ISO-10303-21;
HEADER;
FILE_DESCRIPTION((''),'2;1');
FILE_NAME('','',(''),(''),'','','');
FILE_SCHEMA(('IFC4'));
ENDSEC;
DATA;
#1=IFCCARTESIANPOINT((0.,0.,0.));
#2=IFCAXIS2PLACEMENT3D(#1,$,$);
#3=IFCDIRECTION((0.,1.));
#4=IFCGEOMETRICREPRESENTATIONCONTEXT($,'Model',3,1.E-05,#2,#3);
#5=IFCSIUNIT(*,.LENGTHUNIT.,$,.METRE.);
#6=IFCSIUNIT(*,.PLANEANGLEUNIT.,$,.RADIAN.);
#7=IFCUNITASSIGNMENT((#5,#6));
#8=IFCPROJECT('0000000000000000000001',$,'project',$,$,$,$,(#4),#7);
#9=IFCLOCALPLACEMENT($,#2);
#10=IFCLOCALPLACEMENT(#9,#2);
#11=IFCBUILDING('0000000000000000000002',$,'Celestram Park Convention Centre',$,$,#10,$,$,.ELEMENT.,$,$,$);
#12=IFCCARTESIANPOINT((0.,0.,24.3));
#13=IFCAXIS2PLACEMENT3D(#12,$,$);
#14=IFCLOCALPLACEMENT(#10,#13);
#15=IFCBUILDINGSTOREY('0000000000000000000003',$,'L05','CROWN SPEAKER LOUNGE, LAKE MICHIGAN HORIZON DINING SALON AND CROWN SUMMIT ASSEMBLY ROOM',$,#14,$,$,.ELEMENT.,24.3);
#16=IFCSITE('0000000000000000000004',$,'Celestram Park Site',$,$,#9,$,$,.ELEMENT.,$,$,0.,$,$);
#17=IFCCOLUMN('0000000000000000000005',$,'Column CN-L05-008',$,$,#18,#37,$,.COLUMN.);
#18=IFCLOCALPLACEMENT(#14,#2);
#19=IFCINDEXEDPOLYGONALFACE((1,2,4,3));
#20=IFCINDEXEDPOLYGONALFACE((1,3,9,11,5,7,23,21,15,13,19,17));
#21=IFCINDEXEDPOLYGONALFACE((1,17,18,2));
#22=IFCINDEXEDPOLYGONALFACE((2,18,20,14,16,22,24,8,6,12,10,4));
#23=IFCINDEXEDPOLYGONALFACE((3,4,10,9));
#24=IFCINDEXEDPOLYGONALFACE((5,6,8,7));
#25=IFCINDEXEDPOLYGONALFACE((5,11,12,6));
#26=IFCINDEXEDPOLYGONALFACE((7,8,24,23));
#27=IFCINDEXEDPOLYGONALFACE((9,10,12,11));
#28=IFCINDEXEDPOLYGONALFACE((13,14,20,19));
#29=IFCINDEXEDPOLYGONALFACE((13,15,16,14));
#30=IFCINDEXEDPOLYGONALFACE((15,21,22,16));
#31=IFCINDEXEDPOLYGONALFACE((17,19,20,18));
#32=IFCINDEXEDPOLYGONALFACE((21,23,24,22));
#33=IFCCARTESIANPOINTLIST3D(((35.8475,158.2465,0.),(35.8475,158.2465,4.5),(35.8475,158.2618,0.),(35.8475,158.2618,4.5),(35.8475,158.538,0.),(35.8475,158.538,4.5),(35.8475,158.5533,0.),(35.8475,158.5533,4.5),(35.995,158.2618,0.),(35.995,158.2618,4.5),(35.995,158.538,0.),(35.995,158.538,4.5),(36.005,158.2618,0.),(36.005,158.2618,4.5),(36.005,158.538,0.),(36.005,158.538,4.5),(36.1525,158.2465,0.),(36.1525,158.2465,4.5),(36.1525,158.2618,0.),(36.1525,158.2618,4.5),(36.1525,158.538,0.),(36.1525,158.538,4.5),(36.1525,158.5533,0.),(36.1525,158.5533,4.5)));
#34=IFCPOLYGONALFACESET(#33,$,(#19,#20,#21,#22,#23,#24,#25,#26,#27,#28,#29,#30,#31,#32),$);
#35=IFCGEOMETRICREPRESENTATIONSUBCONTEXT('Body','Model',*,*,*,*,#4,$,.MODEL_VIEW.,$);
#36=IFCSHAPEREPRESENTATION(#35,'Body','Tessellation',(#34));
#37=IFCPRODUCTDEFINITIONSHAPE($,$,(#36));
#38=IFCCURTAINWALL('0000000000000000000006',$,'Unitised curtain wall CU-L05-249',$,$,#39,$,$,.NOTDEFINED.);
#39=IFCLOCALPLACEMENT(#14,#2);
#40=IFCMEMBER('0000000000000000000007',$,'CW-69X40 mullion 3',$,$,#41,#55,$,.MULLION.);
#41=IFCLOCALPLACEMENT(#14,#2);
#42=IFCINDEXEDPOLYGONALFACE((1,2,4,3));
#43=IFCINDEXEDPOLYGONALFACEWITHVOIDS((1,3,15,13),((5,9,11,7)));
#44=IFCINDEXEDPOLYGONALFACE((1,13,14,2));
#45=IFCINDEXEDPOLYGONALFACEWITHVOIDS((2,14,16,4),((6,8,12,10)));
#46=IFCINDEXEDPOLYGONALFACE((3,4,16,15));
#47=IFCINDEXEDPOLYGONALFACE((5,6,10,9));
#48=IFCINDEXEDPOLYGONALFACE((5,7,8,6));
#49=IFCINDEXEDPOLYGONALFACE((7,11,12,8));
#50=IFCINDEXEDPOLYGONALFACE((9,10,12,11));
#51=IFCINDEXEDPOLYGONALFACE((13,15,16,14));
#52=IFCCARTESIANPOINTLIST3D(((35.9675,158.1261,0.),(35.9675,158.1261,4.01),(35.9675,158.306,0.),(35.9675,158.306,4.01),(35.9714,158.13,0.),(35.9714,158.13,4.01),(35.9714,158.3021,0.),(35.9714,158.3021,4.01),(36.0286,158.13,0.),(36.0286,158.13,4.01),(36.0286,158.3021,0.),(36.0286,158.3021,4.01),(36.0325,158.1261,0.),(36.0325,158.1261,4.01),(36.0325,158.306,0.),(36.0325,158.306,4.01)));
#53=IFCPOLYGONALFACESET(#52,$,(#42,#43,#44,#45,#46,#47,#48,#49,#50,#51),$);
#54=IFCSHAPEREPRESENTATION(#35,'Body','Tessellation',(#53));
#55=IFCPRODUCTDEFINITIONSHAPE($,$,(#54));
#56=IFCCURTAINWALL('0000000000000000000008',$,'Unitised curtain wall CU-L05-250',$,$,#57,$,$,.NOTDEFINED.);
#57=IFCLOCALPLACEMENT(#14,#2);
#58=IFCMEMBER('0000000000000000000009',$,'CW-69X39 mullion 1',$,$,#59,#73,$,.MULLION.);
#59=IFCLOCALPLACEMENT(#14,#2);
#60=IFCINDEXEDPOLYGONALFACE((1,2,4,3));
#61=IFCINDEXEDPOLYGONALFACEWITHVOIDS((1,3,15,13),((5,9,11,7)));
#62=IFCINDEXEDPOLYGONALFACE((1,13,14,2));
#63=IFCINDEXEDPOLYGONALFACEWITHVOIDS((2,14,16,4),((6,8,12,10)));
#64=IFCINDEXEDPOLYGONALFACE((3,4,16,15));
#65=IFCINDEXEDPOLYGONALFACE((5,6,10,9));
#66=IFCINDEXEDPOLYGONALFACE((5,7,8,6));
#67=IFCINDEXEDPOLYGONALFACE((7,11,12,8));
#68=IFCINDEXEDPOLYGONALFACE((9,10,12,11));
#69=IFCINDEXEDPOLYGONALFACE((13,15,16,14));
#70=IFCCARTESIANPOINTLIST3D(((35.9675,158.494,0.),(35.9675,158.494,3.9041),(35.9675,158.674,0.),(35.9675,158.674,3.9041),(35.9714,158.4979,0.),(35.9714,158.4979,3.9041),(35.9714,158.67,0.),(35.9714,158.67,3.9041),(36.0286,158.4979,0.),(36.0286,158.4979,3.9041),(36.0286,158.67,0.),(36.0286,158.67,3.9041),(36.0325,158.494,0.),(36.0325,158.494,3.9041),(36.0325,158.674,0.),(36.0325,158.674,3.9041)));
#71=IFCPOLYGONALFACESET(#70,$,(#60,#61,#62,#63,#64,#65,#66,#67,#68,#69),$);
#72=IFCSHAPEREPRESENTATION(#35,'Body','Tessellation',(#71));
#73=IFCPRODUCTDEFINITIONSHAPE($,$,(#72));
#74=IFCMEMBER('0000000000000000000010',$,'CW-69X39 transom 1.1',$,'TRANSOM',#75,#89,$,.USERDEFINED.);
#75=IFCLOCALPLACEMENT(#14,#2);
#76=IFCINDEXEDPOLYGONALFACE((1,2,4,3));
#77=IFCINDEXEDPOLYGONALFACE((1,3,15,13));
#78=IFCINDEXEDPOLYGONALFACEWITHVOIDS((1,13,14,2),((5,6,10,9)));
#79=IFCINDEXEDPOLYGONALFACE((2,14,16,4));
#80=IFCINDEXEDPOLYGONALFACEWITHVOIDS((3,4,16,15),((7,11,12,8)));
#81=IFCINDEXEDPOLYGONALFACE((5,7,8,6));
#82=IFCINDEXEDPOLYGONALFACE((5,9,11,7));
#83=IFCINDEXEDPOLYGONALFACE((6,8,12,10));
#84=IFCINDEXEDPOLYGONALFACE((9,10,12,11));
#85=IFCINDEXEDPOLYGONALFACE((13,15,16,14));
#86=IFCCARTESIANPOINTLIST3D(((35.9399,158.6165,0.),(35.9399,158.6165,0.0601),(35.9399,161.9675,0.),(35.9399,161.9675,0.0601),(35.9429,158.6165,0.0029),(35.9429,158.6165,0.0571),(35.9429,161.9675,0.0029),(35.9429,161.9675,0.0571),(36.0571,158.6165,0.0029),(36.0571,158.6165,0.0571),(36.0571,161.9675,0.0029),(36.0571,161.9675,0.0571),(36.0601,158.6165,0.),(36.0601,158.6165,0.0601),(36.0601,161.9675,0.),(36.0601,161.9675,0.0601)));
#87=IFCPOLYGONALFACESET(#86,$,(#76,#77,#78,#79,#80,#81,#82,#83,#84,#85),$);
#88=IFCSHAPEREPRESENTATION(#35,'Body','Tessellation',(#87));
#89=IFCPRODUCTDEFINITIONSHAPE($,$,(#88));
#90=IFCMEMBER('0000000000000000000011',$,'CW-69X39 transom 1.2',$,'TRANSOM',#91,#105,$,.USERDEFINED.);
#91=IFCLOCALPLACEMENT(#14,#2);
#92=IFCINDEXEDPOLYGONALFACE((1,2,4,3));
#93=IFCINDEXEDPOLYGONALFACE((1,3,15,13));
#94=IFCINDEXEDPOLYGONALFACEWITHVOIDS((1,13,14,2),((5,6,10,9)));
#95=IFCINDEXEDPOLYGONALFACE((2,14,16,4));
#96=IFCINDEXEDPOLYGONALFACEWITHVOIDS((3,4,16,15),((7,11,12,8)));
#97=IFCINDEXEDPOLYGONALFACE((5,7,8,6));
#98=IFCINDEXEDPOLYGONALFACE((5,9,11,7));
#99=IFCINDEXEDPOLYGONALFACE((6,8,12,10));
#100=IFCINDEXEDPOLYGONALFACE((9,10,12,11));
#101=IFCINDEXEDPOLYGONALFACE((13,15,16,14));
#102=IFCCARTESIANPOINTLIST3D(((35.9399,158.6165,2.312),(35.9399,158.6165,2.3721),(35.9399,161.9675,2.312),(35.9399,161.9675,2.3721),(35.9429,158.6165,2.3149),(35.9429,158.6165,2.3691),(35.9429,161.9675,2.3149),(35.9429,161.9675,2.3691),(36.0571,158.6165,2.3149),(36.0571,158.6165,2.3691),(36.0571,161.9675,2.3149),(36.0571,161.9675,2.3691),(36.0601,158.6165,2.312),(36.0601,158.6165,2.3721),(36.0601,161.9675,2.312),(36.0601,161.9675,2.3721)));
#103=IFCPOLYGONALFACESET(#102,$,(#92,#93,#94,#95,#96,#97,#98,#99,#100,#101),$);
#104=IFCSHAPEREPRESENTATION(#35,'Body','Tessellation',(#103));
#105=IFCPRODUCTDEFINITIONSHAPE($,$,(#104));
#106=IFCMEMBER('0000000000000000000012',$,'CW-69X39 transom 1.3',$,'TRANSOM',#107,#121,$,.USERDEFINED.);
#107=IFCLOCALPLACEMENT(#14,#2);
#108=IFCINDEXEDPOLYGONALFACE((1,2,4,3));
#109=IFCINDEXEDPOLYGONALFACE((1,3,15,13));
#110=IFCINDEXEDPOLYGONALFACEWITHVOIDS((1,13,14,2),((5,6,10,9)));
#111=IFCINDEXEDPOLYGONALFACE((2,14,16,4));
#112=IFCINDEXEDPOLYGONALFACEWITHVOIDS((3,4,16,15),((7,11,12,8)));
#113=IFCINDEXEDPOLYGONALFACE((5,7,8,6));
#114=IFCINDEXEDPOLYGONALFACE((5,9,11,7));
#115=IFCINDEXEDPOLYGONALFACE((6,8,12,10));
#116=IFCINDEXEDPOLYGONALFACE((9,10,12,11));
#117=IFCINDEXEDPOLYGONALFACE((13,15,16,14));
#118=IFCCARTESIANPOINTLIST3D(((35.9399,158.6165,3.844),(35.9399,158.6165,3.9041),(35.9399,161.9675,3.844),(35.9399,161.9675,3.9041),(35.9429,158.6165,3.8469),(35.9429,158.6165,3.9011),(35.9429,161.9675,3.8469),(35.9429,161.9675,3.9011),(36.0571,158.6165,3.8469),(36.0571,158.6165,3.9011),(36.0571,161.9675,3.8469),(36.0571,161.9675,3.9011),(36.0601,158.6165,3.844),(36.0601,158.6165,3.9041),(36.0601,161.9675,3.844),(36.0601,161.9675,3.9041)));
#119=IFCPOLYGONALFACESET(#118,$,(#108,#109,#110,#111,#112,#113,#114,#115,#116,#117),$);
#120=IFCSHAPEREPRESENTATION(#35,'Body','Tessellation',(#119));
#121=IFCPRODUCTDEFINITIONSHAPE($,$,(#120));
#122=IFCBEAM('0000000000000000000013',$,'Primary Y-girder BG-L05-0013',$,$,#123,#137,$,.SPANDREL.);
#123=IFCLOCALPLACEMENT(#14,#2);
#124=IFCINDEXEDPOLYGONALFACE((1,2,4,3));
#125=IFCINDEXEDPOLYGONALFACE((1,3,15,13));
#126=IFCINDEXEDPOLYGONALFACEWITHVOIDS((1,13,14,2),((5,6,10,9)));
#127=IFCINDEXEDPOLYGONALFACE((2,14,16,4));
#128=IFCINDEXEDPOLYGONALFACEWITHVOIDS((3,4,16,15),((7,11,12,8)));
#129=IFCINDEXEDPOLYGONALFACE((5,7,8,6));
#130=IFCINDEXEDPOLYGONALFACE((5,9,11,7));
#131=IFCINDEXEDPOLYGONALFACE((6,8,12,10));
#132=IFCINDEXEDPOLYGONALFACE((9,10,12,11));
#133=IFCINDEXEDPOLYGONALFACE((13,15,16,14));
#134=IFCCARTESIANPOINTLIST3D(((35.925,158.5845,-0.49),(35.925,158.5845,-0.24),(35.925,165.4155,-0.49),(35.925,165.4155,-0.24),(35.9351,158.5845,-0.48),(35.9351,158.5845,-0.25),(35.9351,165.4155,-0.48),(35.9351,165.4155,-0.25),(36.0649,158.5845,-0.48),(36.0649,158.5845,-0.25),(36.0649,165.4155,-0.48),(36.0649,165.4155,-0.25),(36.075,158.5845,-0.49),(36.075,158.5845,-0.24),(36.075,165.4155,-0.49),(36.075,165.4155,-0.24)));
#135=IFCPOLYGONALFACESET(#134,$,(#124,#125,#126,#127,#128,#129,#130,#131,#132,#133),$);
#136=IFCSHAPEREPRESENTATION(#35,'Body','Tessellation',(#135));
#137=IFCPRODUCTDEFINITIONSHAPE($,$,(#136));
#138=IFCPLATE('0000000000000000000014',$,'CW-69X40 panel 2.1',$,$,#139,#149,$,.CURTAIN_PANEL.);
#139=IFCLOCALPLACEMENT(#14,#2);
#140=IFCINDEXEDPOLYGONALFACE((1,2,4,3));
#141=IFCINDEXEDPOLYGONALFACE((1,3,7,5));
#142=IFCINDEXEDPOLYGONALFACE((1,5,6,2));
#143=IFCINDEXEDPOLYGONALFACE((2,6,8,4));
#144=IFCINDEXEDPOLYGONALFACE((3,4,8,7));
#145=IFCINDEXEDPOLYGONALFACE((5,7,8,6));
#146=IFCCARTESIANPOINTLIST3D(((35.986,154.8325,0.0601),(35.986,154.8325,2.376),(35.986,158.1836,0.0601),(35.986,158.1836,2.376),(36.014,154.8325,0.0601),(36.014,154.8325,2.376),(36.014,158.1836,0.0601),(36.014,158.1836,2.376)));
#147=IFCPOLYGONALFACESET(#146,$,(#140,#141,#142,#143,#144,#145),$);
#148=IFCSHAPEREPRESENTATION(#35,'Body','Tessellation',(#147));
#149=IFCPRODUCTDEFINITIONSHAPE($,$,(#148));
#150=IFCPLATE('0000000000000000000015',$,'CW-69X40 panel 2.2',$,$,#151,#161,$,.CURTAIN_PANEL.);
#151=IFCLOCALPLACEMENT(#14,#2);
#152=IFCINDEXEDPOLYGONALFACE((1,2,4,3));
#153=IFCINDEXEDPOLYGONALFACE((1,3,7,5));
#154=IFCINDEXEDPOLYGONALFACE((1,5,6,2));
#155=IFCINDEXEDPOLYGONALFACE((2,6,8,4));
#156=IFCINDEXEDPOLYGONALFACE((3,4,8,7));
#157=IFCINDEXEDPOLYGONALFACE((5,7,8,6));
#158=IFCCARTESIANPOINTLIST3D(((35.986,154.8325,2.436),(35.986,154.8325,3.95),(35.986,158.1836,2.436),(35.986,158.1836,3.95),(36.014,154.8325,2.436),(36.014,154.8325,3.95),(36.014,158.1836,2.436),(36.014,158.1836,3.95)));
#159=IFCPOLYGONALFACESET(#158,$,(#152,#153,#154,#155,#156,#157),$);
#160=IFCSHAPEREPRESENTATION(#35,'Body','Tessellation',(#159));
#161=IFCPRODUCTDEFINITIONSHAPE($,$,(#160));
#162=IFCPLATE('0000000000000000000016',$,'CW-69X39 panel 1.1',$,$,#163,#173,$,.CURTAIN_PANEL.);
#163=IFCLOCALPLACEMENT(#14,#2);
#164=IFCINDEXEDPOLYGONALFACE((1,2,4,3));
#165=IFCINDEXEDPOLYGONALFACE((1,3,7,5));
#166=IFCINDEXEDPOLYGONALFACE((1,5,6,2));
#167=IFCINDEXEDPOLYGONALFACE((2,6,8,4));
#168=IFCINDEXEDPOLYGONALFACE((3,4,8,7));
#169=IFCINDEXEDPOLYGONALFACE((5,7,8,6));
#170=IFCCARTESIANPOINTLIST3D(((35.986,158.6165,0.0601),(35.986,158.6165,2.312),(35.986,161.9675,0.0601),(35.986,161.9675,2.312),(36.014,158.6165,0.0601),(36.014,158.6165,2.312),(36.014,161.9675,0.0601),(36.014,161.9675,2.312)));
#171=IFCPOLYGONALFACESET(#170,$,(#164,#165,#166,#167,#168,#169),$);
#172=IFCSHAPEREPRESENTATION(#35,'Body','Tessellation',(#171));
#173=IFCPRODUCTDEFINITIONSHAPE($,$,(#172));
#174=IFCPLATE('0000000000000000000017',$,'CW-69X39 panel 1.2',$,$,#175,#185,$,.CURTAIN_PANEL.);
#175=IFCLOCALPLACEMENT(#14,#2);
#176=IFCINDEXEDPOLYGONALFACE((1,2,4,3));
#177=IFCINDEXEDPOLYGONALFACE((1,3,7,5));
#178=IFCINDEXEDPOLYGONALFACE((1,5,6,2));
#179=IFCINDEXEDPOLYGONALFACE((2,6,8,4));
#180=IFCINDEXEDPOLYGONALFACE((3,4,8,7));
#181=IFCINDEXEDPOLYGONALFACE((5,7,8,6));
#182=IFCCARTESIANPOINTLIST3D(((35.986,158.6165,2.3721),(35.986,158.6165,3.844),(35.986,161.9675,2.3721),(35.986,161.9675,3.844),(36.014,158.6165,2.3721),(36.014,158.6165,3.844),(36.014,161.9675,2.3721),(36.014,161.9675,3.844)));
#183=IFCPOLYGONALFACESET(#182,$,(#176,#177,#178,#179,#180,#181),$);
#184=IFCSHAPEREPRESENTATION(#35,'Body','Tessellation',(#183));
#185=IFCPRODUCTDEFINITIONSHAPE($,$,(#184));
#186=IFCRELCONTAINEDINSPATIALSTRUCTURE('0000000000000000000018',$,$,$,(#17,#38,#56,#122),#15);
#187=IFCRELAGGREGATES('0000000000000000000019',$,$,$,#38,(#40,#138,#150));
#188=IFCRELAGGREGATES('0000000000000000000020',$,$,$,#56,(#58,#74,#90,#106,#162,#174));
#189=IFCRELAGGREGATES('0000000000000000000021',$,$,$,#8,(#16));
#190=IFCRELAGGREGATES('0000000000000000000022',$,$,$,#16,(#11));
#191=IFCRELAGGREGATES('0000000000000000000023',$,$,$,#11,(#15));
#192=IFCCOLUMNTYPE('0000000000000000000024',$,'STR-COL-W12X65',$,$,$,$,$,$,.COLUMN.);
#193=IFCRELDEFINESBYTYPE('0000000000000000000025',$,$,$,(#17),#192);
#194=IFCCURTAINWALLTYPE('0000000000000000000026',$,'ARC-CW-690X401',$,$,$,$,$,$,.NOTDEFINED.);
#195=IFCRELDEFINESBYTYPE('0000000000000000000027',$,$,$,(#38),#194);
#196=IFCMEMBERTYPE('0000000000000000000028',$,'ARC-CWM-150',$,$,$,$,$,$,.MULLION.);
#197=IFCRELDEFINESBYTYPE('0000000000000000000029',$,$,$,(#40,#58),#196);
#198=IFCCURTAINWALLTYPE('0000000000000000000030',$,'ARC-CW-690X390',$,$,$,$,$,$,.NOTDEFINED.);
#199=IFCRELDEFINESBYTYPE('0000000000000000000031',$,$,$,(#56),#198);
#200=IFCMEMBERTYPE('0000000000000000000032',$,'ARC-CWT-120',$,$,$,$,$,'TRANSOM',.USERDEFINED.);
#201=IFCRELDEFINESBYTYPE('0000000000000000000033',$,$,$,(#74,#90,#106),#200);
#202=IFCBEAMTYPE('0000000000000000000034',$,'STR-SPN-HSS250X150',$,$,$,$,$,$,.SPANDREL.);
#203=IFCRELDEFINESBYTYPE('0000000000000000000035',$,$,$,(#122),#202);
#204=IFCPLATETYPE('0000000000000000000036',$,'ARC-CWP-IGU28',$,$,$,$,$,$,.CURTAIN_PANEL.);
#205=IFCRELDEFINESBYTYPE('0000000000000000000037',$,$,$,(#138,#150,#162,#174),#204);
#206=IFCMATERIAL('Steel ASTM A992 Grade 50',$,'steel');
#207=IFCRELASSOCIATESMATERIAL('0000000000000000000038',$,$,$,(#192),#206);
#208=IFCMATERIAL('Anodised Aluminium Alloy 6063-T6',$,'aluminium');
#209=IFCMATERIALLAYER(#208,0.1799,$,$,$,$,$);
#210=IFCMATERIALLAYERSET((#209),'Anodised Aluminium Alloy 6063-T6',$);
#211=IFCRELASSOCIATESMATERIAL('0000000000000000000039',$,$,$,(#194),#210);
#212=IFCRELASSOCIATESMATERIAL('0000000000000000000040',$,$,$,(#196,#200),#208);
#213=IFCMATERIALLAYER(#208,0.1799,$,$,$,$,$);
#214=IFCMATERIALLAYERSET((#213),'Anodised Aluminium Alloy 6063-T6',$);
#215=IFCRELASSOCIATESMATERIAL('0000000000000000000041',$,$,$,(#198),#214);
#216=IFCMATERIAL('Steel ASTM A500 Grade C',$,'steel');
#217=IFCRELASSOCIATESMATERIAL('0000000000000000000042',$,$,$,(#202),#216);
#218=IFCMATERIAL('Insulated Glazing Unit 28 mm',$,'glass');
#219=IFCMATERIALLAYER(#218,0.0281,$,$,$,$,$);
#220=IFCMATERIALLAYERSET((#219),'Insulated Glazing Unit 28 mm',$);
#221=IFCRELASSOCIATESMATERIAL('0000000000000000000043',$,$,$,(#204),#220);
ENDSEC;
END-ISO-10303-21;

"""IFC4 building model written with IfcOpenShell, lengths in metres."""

from ifc_helpers import new_model, si_unit, direction, frame, origin, origin_2d, place, context, subcontext, project, spatial, rectangle, hollow_rectangle, i_section, extrude, material, layer, layer_set, material_profile, profile_set, type_object, element, aggregate, save


model = new_model("IFC4")

# Units and contexts
model_context = context("Model", 3, precision=1e-05, world=origin(), true_north=direction((0.0, 1.0)))
body_context = subcontext(model_context, "Body", "Model", "MODEL_VIEW")
ifc_project = project(units=[si_unit("LENGTHUNIT", "METRE"), si_unit("PLANEANGLEUNIT", "RADIAN")], contexts=[model_context])

# Site, building, storey
site_placement = place(None, origin())
site = spatial("IfcSite", under=ifc_project, at=site_placement, Name="Celestram Park Site", CompositionType="ELEMENT", RefElevation=0.0)
building_placement = place(site_placement, origin())
building = spatial("IfcBuilding", under=site, at=building_placement, Name="Celestram Park Convention Centre", CompositionType="ELEMENT")
storey_placement = place(building_placement, frame((0.0, 0.0, 24.3)))
storey = spatial("IfcBuildingStorey", under=building, at=storey_placement, Name="L05", Description="CROWN SPEAKER LOUNGE, LAKE MICHIGAN HORIZON DINING SALON AND CROWN SUMMIT ASSEMBLY ROOM", CompositionType="ELEMENT", Elevation=24.3)

# Column
ifc_material_1 = material(Name="Steel ASTM A992 Grade 50", Category="steel")
ifc_material_profile_1 = material_profile(ifc_material_1, i_section(OverallWidth=0.3049, OverallDepth=0.3069, WebThickness=0.01, FlangeThickness=0.0154, at=origin_2d()), Name="W12X65")
ifc_profile_set_1 = profile_set([ifc_material_profile_1], Name="Steel ASTM A992 Grade 50")
column_type = type_object("IfcColumnType", Name="STR-COL-W12X65", PredefinedType="COLUMN", material=ifc_profile_set_1)
column_placement = place(storey_placement, frame((36.0, 158.3999, 0.0), z_axis=(0.0, 0.0, 1.0), x_axis=(1.0, 0.0, 0.0)))
element("IfcColumn", 1, at=column_placement, inside=storey, type_object=column_type, Name="Column CN-L05-008", PredefinedType="COLUMN", context=body_context, shape_type="SweptSolid", body=[
    extrude(i_section(OverallWidth=0.3049, OverallDepth=0.3069, WebThickness=0.01, FlangeThickness=0.0154, at=origin_2d()), origin(), (0.0, 0.0, 1.0), 4.5),
])

# Curtain wall, member
ifc_material_2 = material(Name="Anodised Aluminium Alloy 6063-T6", Category="aluminium")
ifc_layer_1 = layer(ifc_material_2, 0.1799)
ifc_layer_set_1 = layer_set([ifc_layer_1], Name="Anodised Aluminium Alloy 6063-T6")
curtain_wall_type_1 = type_object("IfcCurtainWallType", Name="ARC-CW-690X401", PredefinedType="NOTDEFINED", material=ifc_layer_set_1)
curtain_wall_1_placement = place(storey_placement, origin())
curtain_wall_1 = element("IfcCurtainWall", 2, at=curtain_wall_1_placement, inside=storey, type_object=curtain_wall_type_1, Name="Unitised curtain wall CU-L05-249", PredefinedType="NOTDEFINED")
ifc_material_profile_2 = material_profile(ifc_material_2, hollow_rectangle(XDim=0.0649, YDim=0.1799, WallThickness=0.0039, at=origin_2d()), Name="ALU65X180X4")
ifc_profile_set_2 = profile_set([ifc_material_profile_2], Name="Anodised Aluminium Alloy 6063-T6")
member_type_1 = type_object("IfcMemberType", Name="ARC-CWM-150", PredefinedType="MULLION", material=ifc_profile_set_2)
member_1_placement = place(storey_placement, frame((36.0, 158.2161, 0.0), z_axis=(0.0, 0.0, 1.0), x_axis=(-1.0, 0.0, 0.0)))
member_1 = element("IfcMember", 3, at=member_1_placement, type_object=member_type_1, Name="CW-69X40 mullion 3", PredefinedType="MULLION", context=body_context, shape_type="SweptSolid", body=[
    extrude(hollow_rectangle(XDim=0.0649, YDim=0.1799, WallThickness=0.0039, at=origin_2d()), origin(), (0.0, 0.0, 1.0), 4.01),
])

# Curtain wall, members
ifc_layer_2 = layer(ifc_material_2, 0.1799)
ifc_layer_set_2 = layer_set([ifc_layer_2], Name="Anodised Aluminium Alloy 6063-T6")
curtain_wall_type_2 = type_object("IfcCurtainWallType", Name="ARC-CW-690X390", PredefinedType="NOTDEFINED", material=ifc_layer_set_2)
curtain_wall_2_placement = place(storey_placement, origin())
curtain_wall_2 = element("IfcCurtainWall", 4, at=curtain_wall_2_placement, inside=storey, type_object=curtain_wall_type_2, Name="Unitised curtain wall CU-L05-250", PredefinedType="NOTDEFINED")
member_2_placement = place(storey_placement, frame((36.0, 158.584, 0.0), z_axis=(0.0, 0.0, 1.0), x_axis=(-1.0, 0.0, 0.0)))
member_2 = element("IfcMember", 5, at=member_2_placement, type_object=member_type_1, Name="CW-69X39 mullion 1", PredefinedType="MULLION", context=body_context, shape_type="SweptSolid", body=[
    extrude(hollow_rectangle(XDim=0.0649, YDim=0.1799, WallThickness=0.0039, at=origin_2d()), origin(), (0.0, 0.0, 1.0), 3.9041),
])
ifc_material_profile_3 = material_profile(ifc_material_2, hollow_rectangle(XDim=0.1201, YDim=0.0601, WallThickness=0.0029, at=origin_2d()), Name="ALU120X60X3")
ifc_profile_set_3 = profile_set([ifc_material_profile_3], Name="Anodised Aluminium Alloy 6063-T6")
member_type_2 = type_object("IfcMemberType", Name="ARC-CWT-120", ElementType="TRANSOM", PredefinedType="USERDEFINED", material=ifc_profile_set_3)
member_3_placement = place(storey_placement, frame((36.0, 158.6165, 0.03), z_axis=(0.0, 1.0, 0.0), x_axis=(-1.0, 0.0, 0.0)))
member_3 = element("IfcMember", 6, at=member_3_placement, type_object=member_type_2, Name="CW-69X39 transom 1.1", ObjectType="TRANSOM", PredefinedType="USERDEFINED", context=body_context, shape_type="SweptSolid", body=[
    extrude(hollow_rectangle(XDim=0.1201, YDim=0.0601, WallThickness=0.0029, at=origin_2d()), origin(), (0.0, 0.0, 1.0), 3.3511),
])
member_4_placement = place(storey_placement, frame((36.0, 158.6165, 2.342), z_axis=(0.0, 1.0, 0.0), x_axis=(-1.0, 0.0, 0.0)))
member_4 = element("IfcMember", 7, at=member_4_placement, type_object=member_type_2, Name="CW-69X39 transom 1.2", ObjectType="TRANSOM", PredefinedType="USERDEFINED", context=body_context, shape_type="SweptSolid", body=[
    extrude(hollow_rectangle(XDim=0.1201, YDim=0.0601, WallThickness=0.0029, at=origin_2d()), origin(), (0.0, 0.0, 1.0), 3.3511),
])
member_5_placement = place(storey_placement, frame((36.0, 158.6165, 3.874), z_axis=(0.0, 1.0, 0.0), x_axis=(-1.0, 0.0, 0.0)))
member_5 = element("IfcMember", 8, at=member_5_placement, type_object=member_type_2, Name="CW-69X39 transom 1.3", ObjectType="TRANSOM", PredefinedType="USERDEFINED", context=body_context, shape_type="SweptSolid", body=[
    extrude(hollow_rectangle(XDim=0.1201, YDim=0.0601, WallThickness=0.0029, at=origin_2d()), origin(), (0.0, 0.0, 1.0), 3.3511),
])

# Beam
ifc_material_3 = material(Name="Steel ASTM A500 Grade C", Category="steel")
ifc_material_profile_4 = material_profile(ifc_material_3, hollow_rectangle(XDim=0.1499, YDim=0.25, WallThickness=0.01, at=origin_2d()), Name="HSS250X150X10")
ifc_profile_set_4 = profile_set([ifc_material_profile_4], Name="Steel ASTM A500 Grade C")
beam_type = type_object("IfcBeamType", Name="STR-SPN-HSS250X150", PredefinedType="SPANDREL", material=ifc_profile_set_4)
beam_placement = place(storey_placement, frame((36.0, 158.5845, -0.365), z_axis=(0.0, 1.0, 0.0), x_axis=(-1.0, 0.0, 0.0)))
element("IfcBeam", 9, at=beam_placement, inside=storey, type_object=beam_type, Name="Primary Y-girder BG-L05-0013", PredefinedType="SPANDREL", context=body_context, shape_type="SweptSolid", body=[
    extrude(hollow_rectangle(XDim=0.1499, YDim=0.25, WallThickness=0.01, at=origin_2d()), origin(), (0.0, 0.0, 1.0), 6.8311),
])

# Plates
ifc_material_4 = material(Name="Insulated Glazing Unit 28 mm", Category="glass")
ifc_layer_3 = layer(ifc_material_4, 0.0281)
ifc_layer_set_3 = layer_set([ifc_layer_3], Name="Insulated Glazing Unit 28 mm")
plate_type = type_object("IfcPlateType", Name="ARC-CWP-IGU28", PredefinedType="CURTAIN_PANEL", material=ifc_layer_set_3)
plate_1_placement = place(storey_placement, frame((36.0, 156.5081, 0.0601), z_axis=(0.0, 0.0, 1.0), x_axis=(0.0, 1.0, 0.0)))
plate_1 = element("IfcPlate", 10, at=plate_1_placement, type_object=plate_type, Name="CW-69X40 panel 2.1", PredefinedType="CURTAIN_PANEL", context=body_context, shape_type="SweptSolid", body=[
    extrude(rectangle(XDim=3.3511, YDim=0.0281, at=origin_2d()), origin(), (0.0, 0.0, 1.0), 2.3159),
])
plate_2_placement = place(storey_placement, frame((36.0, 156.5081, 2.436), z_axis=(0.0, 0.0, 1.0), x_axis=(0.0, 1.0, 0.0)))
plate_2 = element("IfcPlate", 11, at=plate_2_placement, type_object=plate_type, Name="CW-69X40 panel 2.2", PredefinedType="CURTAIN_PANEL", context=body_context, shape_type="SweptSolid", body=[
    extrude(rectangle(XDim=3.3511, YDim=0.0281, at=origin_2d()), origin(), (0.0, 0.0, 1.0), 1.5139),
])
aggregate(curtain_wall_1, [member_1, plate_1, plate_2])
plate_3_placement = place(storey_placement, frame((36.0, 160.292, 0.0601), z_axis=(0.0, 0.0, 1.0), x_axis=(0.0, 1.0, 0.0)))
plate_3 = element("IfcPlate", 12, at=plate_3_placement, type_object=plate_type, Name="CW-69X39 panel 1.1", PredefinedType="CURTAIN_PANEL", context=body_context, shape_type="SweptSolid", body=[
    extrude(rectangle(XDim=3.3511, YDim=0.0281, at=origin_2d()), origin(), (0.0, 0.0, 1.0), 2.252),
])
plate_4_placement = place(storey_placement, frame((36.0, 160.292, 2.3721), z_axis=(0.0, 0.0, 1.0), x_axis=(0.0, 1.0, 0.0)))
plate_4 = element("IfcPlate", 13, at=plate_4_placement, type_object=plate_type, Name="CW-69X39 panel 1.2", PredefinedType="CURTAIN_PANEL", context=body_context, shape_type="SweptSolid", body=[
    extrude(rectangle(XDim=3.3511, YDim=0.0281, at=origin_2d()), origin(), (0.0, 0.0, 1.0), 1.4719),
])
aggregate(curtain_wall_2, [member_2, member_3, member_4, member_5, plate_3, plate_4])

save(model, "model.ifc")
